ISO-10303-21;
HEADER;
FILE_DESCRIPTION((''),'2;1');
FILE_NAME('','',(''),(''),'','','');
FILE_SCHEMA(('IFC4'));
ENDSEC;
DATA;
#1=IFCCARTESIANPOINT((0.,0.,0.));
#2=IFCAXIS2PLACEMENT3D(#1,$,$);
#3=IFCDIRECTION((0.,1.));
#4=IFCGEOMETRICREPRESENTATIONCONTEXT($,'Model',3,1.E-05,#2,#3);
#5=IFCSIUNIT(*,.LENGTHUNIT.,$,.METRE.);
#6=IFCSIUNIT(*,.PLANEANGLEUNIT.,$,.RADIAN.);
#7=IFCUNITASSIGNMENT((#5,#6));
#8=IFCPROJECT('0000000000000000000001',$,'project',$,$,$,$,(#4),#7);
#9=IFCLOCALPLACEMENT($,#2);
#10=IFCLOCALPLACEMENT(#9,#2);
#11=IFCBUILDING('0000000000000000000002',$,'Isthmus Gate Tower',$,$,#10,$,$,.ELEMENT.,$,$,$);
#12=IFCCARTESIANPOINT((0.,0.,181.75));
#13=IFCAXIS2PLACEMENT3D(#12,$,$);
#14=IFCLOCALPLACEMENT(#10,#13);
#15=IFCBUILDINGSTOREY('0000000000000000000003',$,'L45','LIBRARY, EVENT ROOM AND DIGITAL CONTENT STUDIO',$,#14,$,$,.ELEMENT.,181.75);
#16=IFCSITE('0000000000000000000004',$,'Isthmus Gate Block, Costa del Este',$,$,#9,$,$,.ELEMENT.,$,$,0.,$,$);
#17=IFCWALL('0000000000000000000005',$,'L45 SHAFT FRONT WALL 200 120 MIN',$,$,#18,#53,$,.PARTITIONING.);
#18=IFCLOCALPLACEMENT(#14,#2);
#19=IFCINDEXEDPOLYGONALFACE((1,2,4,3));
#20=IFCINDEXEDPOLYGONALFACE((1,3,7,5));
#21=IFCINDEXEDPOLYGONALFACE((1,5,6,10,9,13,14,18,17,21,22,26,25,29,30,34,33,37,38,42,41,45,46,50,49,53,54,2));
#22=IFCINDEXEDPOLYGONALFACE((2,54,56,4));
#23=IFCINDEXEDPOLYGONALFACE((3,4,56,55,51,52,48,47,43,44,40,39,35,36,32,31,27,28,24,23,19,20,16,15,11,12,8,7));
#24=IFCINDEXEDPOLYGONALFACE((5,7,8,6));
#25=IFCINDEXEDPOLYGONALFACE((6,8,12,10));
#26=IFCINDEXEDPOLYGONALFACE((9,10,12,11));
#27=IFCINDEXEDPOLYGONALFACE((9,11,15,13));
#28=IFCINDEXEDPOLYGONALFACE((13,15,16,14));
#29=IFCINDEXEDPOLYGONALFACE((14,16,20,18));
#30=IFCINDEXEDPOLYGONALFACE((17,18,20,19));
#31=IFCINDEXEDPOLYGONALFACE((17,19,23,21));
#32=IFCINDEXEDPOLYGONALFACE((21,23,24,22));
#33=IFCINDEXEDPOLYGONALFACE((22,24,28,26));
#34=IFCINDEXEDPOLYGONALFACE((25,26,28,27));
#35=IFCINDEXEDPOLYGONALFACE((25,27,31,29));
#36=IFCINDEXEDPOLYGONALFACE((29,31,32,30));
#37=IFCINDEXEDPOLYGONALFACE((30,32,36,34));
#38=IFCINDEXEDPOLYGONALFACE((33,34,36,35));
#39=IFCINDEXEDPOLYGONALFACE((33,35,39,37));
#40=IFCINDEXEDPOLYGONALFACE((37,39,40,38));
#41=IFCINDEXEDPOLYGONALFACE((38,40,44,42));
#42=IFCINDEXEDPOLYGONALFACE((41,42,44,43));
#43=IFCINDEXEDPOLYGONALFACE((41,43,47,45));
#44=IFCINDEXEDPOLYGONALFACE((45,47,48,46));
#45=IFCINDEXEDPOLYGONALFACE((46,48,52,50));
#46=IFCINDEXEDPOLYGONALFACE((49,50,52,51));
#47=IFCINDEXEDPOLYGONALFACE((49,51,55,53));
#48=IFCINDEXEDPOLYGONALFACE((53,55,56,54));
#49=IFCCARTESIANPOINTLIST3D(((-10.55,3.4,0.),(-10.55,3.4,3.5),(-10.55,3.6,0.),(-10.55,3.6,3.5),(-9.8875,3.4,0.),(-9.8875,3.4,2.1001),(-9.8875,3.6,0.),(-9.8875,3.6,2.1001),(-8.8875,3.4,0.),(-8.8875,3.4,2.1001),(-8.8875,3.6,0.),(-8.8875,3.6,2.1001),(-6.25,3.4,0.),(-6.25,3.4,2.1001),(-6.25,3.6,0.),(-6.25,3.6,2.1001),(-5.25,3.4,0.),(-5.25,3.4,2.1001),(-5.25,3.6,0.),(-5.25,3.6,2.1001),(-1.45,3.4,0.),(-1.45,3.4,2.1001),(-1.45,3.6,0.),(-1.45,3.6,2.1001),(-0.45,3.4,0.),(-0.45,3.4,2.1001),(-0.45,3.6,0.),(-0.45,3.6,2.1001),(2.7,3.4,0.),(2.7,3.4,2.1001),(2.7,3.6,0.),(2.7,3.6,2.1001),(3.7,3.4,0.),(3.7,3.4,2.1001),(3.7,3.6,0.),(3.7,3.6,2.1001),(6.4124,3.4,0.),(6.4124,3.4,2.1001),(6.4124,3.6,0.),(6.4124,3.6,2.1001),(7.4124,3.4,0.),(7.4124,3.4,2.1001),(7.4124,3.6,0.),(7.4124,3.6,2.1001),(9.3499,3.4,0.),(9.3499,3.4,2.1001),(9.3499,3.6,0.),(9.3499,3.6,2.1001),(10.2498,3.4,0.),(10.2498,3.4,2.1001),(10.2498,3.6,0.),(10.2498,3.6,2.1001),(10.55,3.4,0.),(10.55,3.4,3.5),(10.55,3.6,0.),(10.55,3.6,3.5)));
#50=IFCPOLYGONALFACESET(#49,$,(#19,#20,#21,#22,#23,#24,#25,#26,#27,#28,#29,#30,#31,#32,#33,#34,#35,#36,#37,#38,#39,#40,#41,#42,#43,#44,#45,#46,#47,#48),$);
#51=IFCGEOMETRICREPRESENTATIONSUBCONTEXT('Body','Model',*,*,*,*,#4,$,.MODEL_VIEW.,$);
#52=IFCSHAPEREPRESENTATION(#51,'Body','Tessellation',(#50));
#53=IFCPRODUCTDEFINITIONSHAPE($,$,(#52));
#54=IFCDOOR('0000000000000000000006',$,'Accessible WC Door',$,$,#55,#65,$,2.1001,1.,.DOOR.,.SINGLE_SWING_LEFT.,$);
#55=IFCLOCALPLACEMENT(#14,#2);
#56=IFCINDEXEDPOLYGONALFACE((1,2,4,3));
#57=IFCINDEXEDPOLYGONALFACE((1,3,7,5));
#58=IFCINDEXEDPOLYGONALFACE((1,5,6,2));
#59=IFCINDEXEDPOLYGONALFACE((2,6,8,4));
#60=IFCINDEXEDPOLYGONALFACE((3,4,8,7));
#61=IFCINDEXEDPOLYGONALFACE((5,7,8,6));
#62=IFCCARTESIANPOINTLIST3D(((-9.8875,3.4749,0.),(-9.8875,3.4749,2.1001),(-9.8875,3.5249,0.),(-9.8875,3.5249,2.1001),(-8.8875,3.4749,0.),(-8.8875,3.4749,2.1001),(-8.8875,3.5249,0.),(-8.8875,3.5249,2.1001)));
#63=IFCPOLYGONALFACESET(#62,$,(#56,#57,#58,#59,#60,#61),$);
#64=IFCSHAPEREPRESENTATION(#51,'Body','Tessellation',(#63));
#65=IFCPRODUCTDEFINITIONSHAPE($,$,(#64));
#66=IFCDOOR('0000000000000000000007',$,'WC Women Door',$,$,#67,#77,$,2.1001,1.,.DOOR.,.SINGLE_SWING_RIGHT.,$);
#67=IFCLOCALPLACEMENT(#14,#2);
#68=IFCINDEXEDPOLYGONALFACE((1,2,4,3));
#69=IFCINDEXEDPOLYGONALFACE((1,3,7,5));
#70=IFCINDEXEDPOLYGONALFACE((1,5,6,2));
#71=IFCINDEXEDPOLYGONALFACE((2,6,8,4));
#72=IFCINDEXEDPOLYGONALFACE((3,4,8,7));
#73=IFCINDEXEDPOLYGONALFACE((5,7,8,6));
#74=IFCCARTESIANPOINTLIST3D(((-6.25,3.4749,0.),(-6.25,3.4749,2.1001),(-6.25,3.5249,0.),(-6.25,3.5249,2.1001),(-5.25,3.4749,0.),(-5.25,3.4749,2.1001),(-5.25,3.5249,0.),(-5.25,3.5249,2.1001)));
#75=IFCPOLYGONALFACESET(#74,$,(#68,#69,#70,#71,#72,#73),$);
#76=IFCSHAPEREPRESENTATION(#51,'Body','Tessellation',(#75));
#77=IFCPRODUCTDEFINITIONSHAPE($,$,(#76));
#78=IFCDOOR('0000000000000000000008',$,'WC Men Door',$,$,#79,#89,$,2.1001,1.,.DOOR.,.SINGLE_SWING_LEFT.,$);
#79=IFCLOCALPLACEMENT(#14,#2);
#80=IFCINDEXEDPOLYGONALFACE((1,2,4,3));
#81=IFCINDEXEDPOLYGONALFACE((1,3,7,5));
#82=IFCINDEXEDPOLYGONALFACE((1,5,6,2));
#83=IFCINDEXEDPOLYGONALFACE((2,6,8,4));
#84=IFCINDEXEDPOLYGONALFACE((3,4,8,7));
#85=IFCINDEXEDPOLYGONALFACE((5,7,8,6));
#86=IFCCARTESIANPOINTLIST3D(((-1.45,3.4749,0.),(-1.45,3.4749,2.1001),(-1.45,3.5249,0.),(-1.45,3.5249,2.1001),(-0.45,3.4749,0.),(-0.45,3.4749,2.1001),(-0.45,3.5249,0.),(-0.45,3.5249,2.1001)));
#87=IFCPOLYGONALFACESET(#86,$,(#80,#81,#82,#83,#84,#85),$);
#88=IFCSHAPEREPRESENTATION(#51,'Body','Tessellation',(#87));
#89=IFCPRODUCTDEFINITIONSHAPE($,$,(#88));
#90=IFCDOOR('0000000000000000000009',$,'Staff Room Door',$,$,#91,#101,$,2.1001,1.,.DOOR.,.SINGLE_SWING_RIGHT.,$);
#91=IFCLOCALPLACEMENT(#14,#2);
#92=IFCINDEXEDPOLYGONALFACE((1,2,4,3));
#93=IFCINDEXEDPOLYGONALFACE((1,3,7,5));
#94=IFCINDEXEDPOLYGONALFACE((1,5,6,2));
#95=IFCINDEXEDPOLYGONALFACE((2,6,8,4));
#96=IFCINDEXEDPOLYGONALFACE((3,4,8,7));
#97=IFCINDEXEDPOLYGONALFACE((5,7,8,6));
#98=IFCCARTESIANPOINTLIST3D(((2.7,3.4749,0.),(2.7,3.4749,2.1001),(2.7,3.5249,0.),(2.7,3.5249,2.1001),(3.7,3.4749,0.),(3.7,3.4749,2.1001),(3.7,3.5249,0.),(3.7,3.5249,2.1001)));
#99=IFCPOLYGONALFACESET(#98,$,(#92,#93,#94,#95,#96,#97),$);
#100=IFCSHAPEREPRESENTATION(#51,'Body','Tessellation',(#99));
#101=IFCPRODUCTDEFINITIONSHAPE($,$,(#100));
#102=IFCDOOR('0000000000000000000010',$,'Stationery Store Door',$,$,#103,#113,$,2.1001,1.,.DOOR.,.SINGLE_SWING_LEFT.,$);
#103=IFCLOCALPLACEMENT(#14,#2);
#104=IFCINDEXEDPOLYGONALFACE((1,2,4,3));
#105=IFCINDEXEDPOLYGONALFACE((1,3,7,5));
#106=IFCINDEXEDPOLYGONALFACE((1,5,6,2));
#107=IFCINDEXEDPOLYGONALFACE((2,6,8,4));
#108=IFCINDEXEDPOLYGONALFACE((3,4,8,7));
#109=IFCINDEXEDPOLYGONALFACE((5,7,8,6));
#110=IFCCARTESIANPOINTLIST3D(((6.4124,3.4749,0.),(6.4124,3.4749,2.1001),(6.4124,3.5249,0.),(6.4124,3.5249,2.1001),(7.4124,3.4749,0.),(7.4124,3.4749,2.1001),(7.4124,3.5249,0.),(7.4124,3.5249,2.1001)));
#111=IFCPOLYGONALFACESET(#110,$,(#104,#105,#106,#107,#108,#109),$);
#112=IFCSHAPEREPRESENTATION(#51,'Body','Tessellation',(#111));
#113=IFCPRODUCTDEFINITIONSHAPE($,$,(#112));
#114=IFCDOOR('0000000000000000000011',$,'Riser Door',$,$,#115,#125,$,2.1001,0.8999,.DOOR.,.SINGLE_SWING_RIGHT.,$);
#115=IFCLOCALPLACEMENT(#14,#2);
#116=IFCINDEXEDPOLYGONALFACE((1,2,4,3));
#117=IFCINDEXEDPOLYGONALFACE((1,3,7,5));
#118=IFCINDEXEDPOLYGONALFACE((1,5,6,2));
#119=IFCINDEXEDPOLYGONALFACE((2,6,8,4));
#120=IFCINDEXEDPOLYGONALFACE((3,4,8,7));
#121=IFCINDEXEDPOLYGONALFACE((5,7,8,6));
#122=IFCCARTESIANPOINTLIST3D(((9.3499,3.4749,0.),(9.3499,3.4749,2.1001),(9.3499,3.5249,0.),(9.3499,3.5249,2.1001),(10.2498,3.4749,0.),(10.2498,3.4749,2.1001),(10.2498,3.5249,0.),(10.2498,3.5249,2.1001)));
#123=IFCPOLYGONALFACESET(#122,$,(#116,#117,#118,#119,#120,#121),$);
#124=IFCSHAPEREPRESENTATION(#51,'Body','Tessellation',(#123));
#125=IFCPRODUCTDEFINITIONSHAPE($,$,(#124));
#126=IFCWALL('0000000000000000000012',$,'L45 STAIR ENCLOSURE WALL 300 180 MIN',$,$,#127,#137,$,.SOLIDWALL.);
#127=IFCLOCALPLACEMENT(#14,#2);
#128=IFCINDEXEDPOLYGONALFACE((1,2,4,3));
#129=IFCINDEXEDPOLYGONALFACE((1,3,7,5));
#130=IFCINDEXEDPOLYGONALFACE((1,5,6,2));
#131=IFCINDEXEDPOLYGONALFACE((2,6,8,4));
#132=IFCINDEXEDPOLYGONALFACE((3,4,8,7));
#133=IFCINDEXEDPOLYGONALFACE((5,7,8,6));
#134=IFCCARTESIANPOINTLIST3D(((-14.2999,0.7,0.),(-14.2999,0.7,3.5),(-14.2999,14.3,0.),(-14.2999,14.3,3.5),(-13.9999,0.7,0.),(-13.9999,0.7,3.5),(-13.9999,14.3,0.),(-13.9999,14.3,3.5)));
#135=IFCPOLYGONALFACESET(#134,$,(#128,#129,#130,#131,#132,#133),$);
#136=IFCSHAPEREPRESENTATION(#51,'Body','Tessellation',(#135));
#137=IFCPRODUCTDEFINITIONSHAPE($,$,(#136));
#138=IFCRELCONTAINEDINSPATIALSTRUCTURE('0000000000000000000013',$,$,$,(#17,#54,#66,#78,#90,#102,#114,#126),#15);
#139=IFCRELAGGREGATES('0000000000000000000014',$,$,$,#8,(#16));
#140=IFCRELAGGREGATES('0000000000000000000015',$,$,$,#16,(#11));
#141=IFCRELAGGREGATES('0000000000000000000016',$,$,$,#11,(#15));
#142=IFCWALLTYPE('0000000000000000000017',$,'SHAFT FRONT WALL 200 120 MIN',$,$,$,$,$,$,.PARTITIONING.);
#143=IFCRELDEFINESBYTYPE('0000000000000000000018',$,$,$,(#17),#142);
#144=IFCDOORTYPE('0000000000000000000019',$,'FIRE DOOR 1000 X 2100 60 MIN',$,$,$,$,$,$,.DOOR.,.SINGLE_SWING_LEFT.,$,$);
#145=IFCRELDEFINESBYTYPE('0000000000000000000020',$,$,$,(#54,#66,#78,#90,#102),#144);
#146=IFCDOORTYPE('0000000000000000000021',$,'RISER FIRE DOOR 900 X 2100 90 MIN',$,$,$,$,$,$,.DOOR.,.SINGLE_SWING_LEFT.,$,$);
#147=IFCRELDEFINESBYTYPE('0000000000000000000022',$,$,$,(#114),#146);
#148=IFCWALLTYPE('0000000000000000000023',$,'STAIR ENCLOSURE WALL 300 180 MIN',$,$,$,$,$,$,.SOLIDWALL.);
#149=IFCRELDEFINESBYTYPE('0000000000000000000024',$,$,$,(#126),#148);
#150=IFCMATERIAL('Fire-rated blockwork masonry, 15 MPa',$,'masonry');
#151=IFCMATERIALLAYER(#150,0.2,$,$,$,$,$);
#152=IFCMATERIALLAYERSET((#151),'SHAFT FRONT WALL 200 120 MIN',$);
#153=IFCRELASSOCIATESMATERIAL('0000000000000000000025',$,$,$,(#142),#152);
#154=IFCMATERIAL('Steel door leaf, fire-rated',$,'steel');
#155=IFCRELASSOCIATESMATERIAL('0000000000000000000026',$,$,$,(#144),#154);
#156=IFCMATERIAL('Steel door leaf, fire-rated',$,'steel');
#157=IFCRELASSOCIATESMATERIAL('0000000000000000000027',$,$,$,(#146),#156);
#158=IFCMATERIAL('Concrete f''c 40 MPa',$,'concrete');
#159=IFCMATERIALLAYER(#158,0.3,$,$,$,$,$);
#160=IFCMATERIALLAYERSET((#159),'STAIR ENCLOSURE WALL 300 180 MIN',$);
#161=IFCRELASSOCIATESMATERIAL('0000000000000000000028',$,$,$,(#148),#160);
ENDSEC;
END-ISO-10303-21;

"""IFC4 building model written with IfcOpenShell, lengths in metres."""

from ifc_helpers import new_model, si_unit, direction, frame, frame_2d, origin, place, context, subcontext, project, spatial, rectangle, extrude, material, layer, layer_set, type_object, element, fill, save


model = new_model("IFC4")

# Units and contexts
model_context = context("Model", 3, precision=1e-05, world=origin(), true_north=direction((0.0, 1.0)))
body_context = subcontext(model_context, "Body", "Model", "MODEL_VIEW")
ifc_project = project(units=[si_unit("LENGTHUNIT", "METRE"), si_unit("PLANEANGLEUNIT", "RADIAN")], contexts=[model_context])

# Site, building, storey
site_placement = place(None, origin())
site = spatial("IfcSite", under=ifc_project, at=site_placement, Name="Isthmus Gate Block, Costa del Este", CompositionType="ELEMENT", RefElevation=0.0)
building_placement = place(site_placement, origin())
building = spatial("IfcBuilding", under=site, at=building_placement, Name="Isthmus Gate Tower", CompositionType="ELEMENT")
storey_placement = place(building_placement, frame((0.0, 0.0, 181.75)))
storey = spatial("IfcBuildingStorey", under=building, at=storey_placement, Name="L45", Description="LIBRARY, EVENT ROOM AND DIGITAL CONTENT STUDIO", CompositionType="ELEMENT", Elevation=181.75)

# Wall, openings, doors
ifc_material_1 = material(Name="Fire-rated blockwork masonry, 15 MPa", Category="masonry")
ifc_layer_1 = layer(ifc_material_1, 0.2)
ifc_layer_set_1 = layer_set([ifc_layer_1], Name="SHAFT FRONT WALL 200 120 MIN")
wall_type_1 = type_object("IfcWallType", Name="SHAFT FRONT WALL 200 120 MIN", PredefinedType="PARTITIONING", material=ifc_layer_set_1)
wall_1_placement = place(storey_placement, frame((-10.55, 3.5, 0.0), z_axis=(0.0, 0.0, 1.0), x_axis=(1.0, 0.0, 0.0)))
wall_1 = element("IfcWall", 1, at=wall_1_placement, inside=storey, type_object=wall_type_1, Name="L45 SHAFT FRONT WALL 200 120 MIN", PredefinedType="PARTITIONING", context=body_context, shape_type="SweptSolid", body=[
    extrude(rectangle(XDim=21.1001, YDim=0.2, at=frame_2d((10.55, 0.0))), origin(), (0.0, 0.0, 1.0), 3.5),
])
opening_1_placement = place(wall_1_placement, frame((0.6626, 0.0, 0.0)))
opening_1 = element("IfcOpeningElement", 2, at=opening_1_placement, cuts=wall_1, PredefinedType="OPENING", context=body_context, shape_type="SweptSolid", body=[
    extrude(rectangle(XDim=1.0, YDim=2.1001, at=frame_2d((0.5, 1.05))), frame((0.0, 0.1099, 0.0), z_axis=(0.0, -1.0, 0.0), x_axis=(1.0, 0.0, 0.0)), (0.0, 0.0, 1.0), 0.22),
])
opening_2_placement = place(wall_1_placement, frame((4.3, 0.0, 0.0)))
opening_2 = element("IfcOpeningElement", 3, at=opening_2_placement, cuts=wall_1, PredefinedType="OPENING", context=body_context, shape_type="SweptSolid", body=[
    extrude(rectangle(XDim=1.0, YDim=2.1001, at=frame_2d((0.5, 1.05))), frame((0.0, 0.1099, 0.0), z_axis=(0.0, -1.0, 0.0), x_axis=(1.0, 0.0, 0.0)), (0.0, 0.0, 1.0), 0.22),
])
opening_3_placement = place(wall_1_placement, frame((9.1001, 0.0, 0.0)))
opening_3 = element("IfcOpeningElement", 4, at=opening_3_placement, cuts=wall_1, PredefinedType="OPENING", context=body_context, shape_type="SweptSolid", body=[
    extrude(rectangle(XDim=1.0, YDim=2.1001, at=frame_2d((0.5, 1.05))), frame((0.0, 0.1099, 0.0), z_axis=(0.0, -1.0, 0.0), x_axis=(1.0, 0.0, 0.0)), (0.0, 0.0, 1.0), 0.22),
])
opening_4_placement = place(wall_1_placement, frame((13.25, 0.0, 0.0)))
opening_4 = element("IfcOpeningElement", 5, at=opening_4_placement, cuts=wall_1, PredefinedType="OPENING", context=body_context, shape_type="SweptSolid", body=[
    extrude(rectangle(XDim=1.0, YDim=2.1001, at=frame_2d((0.5, 1.05))), frame((0.0, 0.1099, 0.0), z_axis=(0.0, -1.0, 0.0), x_axis=(1.0, 0.0, 0.0)), (0.0, 0.0, 1.0), 0.22),
])
opening_5_placement = place(wall_1_placement, frame((16.9624, 0.0, 0.0)))
opening_5 = element("IfcOpeningElement", 6, at=opening_5_placement, cuts=wall_1, PredefinedType="OPENING", context=body_context, shape_type="SweptSolid", body=[
    extrude(rectangle(XDim=1.0, YDim=2.1001, at=frame_2d((0.5, 1.05))), frame((0.0, 0.1099, 0.0), z_axis=(0.0, -1.0, 0.0), x_axis=(1.0, 0.0, 0.0)), (0.0, 0.0, 1.0), 0.22),
])
opening_6_placement = place(wall_1_placement, frame((19.8999, 0.0, 0.0)))
opening_6 = element("IfcOpeningElement", 7, at=opening_6_placement, cuts=wall_1, PredefinedType="OPENING", context=body_context, shape_type="SweptSolid", body=[
    extrude(rectangle(XDim=0.8999, YDim=2.1001, at=frame_2d((0.45, 1.05))), frame((0.0, 0.1099, 0.0), z_axis=(0.0, -1.0, 0.0), x_axis=(1.0, 0.0, 0.0)), (0.0, 0.0, 1.0), 0.22),
])
ifc_material_2 = material(Name="Steel door leaf, fire-rated", Category="steel")
door_type_1 = type_object("IfcDoorType", Name="FIRE DOOR 1000 X 2100 60 MIN", OperationType="SINGLE_SWING_LEFT", PredefinedType="DOOR", material=ifc_material_2)
door_1_placement = place(opening_1_placement, origin())
door_1 = element("IfcDoor", 8, at=door_1_placement, inside=storey, type_object=door_type_1, Name="Accessible WC Door", OperationType="SINGLE_SWING_LEFT", OverallHeight=2.1001, OverallWidth=1.0, PredefinedType="DOOR", context=body_context, shape_type="SweptSolid", body=[
    extrude(rectangle(XDim=1.0, YDim=2.1001, at=frame_2d((0.5, 1.05))), frame((0.0, 0.0249, 0.0), z_axis=(0.0, -1.0, 0.0), x_axis=(1.0, 0.0, 0.0)), (0.0, 0.0, 1.0), 0.05),
])
fill(opening_1, door_1)
door_2_placement = place(opening_2_placement, origin())
door_2 = element("IfcDoor", 9, at=door_2_placement, inside=storey, type_object=door_type_1, Name="WC Women Door", OperationType="SINGLE_SWING_RIGHT", OverallHeight=2.1001, OverallWidth=1.0, PredefinedType="DOOR", context=body_context, shape_type="SweptSolid", body=[
    extrude(rectangle(XDim=1.0, YDim=2.1001, at=frame_2d((0.5, 1.05))), frame((0.0, 0.0249, 0.0), z_axis=(0.0, -1.0, 0.0), x_axis=(1.0, 0.0, 0.0)), (0.0, 0.0, 1.0), 0.05),
])
fill(opening_2, door_2)
door_3_placement = place(opening_3_placement, origin())
door_3 = element("IfcDoor", 10, at=door_3_placement, inside=storey, type_object=door_type_1, Name="WC Men Door", OperationType="SINGLE_SWING_LEFT", OverallHeight=2.1001, OverallWidth=1.0, PredefinedType="DOOR", context=body_context, shape_type="SweptSolid", body=[
    extrude(rectangle(XDim=1.0, YDim=2.1001, at=frame_2d((0.5, 1.05))), frame((0.0, 0.0249, 0.0), z_axis=(0.0, -1.0, 0.0), x_axis=(1.0, 0.0, 0.0)), (0.0, 0.0, 1.0), 0.05),
])
fill(opening_3, door_3)
door_4_placement = place(opening_4_placement, origin())
door_4 = element("IfcDoor", 11, at=door_4_placement, inside=storey, type_object=door_type_1, Name="Staff Room Door", OperationType="SINGLE_SWING_RIGHT", OverallHeight=2.1001, OverallWidth=1.0, PredefinedType="DOOR", context=body_context, shape_type="SweptSolid", body=[
    extrude(rectangle(XDim=1.0, YDim=2.1001, at=frame_2d((0.5, 1.05))), frame((0.0, 0.0249, 0.0), z_axis=(0.0, -1.0, 0.0), x_axis=(1.0, 0.0, 0.0)), (0.0, 0.0, 1.0), 0.05),
])
fill(opening_4, door_4)
door_5_placement = place(opening_5_placement, origin())
door_5 = element("IfcDoor", 12, at=door_5_placement, inside=storey, type_object=door_type_1, Name="Stationery Store Door", OperationType="SINGLE_SWING_LEFT", OverallHeight=2.1001, OverallWidth=1.0, PredefinedType="DOOR", context=body_context, shape_type="SweptSolid", body=[
    extrude(rectangle(XDim=1.0, YDim=2.1001, at=frame_2d((0.5, 1.05))), frame((0.0, 0.0249, 0.0), z_axis=(0.0, -1.0, 0.0), x_axis=(1.0, 0.0, 0.0)), (0.0, 0.0, 1.0), 0.05),
])
fill(opening_5, door_5)
ifc_material_3 = material(Name="Steel door leaf, fire-rated", Category="steel")
door_type_2 = type_object("IfcDoorType", Name="RISER FIRE DOOR 900 X 2100 90 MIN", OperationType="SINGLE_SWING_LEFT", PredefinedType="DOOR", material=ifc_material_3)
door_6_placement = place(opening_6_placement, origin())
door_6 = element("IfcDoor", 13, at=door_6_placement, inside=storey, type_object=door_type_2, Name="Riser Door", OperationType="SINGLE_SWING_RIGHT", OverallHeight=2.1001, OverallWidth=0.8999, PredefinedType="DOOR", context=body_context, shape_type="SweptSolid", body=[
    extrude(rectangle(XDim=0.8999, YDim=2.1001, at=frame_2d((0.45, 1.05))), frame((0.0, 0.0249, 0.0), z_axis=(0.0, -1.0, 0.0), x_axis=(1.0, 0.0, 0.0)), (0.0, 0.0, 1.0), 0.05),
])
fill(opening_6, door_6)

# Wall
ifc_material_4 = material(Name="Concrete f'c 40 MPa", Category="concrete")
ifc_layer_2 = layer(ifc_material_4, 0.3)
ifc_layer_set_2 = layer_set([ifc_layer_2], Name="STAIR ENCLOSURE WALL 300 180 MIN")
wall_type_2 = type_object("IfcWallType", Name="STAIR ENCLOSURE WALL 300 180 MIN", PredefinedType="SOLIDWALL", material=ifc_layer_set_2)
wall_2_placement = place(storey_placement, frame((-14.1499, 0.7, 0.0), z_axis=(0.0, 0.0, 1.0), x_axis=(0.0, 1.0, 0.0)))
element("IfcWall", 14, at=wall_2_placement, inside=storey, type_object=wall_type_2, Name="L45 STAIR ENCLOSURE WALL 300 180 MIN", PredefinedType="SOLIDWALL", context=body_context, shape_type="SweptSolid", body=[
    extrude(rectangle(XDim=13.6001, YDim=0.3, at=frame_2d((6.8, 0.0))), origin(), (0.0, 0.0, 1.0), 3.5),
])

save(model, "model.ifc")
